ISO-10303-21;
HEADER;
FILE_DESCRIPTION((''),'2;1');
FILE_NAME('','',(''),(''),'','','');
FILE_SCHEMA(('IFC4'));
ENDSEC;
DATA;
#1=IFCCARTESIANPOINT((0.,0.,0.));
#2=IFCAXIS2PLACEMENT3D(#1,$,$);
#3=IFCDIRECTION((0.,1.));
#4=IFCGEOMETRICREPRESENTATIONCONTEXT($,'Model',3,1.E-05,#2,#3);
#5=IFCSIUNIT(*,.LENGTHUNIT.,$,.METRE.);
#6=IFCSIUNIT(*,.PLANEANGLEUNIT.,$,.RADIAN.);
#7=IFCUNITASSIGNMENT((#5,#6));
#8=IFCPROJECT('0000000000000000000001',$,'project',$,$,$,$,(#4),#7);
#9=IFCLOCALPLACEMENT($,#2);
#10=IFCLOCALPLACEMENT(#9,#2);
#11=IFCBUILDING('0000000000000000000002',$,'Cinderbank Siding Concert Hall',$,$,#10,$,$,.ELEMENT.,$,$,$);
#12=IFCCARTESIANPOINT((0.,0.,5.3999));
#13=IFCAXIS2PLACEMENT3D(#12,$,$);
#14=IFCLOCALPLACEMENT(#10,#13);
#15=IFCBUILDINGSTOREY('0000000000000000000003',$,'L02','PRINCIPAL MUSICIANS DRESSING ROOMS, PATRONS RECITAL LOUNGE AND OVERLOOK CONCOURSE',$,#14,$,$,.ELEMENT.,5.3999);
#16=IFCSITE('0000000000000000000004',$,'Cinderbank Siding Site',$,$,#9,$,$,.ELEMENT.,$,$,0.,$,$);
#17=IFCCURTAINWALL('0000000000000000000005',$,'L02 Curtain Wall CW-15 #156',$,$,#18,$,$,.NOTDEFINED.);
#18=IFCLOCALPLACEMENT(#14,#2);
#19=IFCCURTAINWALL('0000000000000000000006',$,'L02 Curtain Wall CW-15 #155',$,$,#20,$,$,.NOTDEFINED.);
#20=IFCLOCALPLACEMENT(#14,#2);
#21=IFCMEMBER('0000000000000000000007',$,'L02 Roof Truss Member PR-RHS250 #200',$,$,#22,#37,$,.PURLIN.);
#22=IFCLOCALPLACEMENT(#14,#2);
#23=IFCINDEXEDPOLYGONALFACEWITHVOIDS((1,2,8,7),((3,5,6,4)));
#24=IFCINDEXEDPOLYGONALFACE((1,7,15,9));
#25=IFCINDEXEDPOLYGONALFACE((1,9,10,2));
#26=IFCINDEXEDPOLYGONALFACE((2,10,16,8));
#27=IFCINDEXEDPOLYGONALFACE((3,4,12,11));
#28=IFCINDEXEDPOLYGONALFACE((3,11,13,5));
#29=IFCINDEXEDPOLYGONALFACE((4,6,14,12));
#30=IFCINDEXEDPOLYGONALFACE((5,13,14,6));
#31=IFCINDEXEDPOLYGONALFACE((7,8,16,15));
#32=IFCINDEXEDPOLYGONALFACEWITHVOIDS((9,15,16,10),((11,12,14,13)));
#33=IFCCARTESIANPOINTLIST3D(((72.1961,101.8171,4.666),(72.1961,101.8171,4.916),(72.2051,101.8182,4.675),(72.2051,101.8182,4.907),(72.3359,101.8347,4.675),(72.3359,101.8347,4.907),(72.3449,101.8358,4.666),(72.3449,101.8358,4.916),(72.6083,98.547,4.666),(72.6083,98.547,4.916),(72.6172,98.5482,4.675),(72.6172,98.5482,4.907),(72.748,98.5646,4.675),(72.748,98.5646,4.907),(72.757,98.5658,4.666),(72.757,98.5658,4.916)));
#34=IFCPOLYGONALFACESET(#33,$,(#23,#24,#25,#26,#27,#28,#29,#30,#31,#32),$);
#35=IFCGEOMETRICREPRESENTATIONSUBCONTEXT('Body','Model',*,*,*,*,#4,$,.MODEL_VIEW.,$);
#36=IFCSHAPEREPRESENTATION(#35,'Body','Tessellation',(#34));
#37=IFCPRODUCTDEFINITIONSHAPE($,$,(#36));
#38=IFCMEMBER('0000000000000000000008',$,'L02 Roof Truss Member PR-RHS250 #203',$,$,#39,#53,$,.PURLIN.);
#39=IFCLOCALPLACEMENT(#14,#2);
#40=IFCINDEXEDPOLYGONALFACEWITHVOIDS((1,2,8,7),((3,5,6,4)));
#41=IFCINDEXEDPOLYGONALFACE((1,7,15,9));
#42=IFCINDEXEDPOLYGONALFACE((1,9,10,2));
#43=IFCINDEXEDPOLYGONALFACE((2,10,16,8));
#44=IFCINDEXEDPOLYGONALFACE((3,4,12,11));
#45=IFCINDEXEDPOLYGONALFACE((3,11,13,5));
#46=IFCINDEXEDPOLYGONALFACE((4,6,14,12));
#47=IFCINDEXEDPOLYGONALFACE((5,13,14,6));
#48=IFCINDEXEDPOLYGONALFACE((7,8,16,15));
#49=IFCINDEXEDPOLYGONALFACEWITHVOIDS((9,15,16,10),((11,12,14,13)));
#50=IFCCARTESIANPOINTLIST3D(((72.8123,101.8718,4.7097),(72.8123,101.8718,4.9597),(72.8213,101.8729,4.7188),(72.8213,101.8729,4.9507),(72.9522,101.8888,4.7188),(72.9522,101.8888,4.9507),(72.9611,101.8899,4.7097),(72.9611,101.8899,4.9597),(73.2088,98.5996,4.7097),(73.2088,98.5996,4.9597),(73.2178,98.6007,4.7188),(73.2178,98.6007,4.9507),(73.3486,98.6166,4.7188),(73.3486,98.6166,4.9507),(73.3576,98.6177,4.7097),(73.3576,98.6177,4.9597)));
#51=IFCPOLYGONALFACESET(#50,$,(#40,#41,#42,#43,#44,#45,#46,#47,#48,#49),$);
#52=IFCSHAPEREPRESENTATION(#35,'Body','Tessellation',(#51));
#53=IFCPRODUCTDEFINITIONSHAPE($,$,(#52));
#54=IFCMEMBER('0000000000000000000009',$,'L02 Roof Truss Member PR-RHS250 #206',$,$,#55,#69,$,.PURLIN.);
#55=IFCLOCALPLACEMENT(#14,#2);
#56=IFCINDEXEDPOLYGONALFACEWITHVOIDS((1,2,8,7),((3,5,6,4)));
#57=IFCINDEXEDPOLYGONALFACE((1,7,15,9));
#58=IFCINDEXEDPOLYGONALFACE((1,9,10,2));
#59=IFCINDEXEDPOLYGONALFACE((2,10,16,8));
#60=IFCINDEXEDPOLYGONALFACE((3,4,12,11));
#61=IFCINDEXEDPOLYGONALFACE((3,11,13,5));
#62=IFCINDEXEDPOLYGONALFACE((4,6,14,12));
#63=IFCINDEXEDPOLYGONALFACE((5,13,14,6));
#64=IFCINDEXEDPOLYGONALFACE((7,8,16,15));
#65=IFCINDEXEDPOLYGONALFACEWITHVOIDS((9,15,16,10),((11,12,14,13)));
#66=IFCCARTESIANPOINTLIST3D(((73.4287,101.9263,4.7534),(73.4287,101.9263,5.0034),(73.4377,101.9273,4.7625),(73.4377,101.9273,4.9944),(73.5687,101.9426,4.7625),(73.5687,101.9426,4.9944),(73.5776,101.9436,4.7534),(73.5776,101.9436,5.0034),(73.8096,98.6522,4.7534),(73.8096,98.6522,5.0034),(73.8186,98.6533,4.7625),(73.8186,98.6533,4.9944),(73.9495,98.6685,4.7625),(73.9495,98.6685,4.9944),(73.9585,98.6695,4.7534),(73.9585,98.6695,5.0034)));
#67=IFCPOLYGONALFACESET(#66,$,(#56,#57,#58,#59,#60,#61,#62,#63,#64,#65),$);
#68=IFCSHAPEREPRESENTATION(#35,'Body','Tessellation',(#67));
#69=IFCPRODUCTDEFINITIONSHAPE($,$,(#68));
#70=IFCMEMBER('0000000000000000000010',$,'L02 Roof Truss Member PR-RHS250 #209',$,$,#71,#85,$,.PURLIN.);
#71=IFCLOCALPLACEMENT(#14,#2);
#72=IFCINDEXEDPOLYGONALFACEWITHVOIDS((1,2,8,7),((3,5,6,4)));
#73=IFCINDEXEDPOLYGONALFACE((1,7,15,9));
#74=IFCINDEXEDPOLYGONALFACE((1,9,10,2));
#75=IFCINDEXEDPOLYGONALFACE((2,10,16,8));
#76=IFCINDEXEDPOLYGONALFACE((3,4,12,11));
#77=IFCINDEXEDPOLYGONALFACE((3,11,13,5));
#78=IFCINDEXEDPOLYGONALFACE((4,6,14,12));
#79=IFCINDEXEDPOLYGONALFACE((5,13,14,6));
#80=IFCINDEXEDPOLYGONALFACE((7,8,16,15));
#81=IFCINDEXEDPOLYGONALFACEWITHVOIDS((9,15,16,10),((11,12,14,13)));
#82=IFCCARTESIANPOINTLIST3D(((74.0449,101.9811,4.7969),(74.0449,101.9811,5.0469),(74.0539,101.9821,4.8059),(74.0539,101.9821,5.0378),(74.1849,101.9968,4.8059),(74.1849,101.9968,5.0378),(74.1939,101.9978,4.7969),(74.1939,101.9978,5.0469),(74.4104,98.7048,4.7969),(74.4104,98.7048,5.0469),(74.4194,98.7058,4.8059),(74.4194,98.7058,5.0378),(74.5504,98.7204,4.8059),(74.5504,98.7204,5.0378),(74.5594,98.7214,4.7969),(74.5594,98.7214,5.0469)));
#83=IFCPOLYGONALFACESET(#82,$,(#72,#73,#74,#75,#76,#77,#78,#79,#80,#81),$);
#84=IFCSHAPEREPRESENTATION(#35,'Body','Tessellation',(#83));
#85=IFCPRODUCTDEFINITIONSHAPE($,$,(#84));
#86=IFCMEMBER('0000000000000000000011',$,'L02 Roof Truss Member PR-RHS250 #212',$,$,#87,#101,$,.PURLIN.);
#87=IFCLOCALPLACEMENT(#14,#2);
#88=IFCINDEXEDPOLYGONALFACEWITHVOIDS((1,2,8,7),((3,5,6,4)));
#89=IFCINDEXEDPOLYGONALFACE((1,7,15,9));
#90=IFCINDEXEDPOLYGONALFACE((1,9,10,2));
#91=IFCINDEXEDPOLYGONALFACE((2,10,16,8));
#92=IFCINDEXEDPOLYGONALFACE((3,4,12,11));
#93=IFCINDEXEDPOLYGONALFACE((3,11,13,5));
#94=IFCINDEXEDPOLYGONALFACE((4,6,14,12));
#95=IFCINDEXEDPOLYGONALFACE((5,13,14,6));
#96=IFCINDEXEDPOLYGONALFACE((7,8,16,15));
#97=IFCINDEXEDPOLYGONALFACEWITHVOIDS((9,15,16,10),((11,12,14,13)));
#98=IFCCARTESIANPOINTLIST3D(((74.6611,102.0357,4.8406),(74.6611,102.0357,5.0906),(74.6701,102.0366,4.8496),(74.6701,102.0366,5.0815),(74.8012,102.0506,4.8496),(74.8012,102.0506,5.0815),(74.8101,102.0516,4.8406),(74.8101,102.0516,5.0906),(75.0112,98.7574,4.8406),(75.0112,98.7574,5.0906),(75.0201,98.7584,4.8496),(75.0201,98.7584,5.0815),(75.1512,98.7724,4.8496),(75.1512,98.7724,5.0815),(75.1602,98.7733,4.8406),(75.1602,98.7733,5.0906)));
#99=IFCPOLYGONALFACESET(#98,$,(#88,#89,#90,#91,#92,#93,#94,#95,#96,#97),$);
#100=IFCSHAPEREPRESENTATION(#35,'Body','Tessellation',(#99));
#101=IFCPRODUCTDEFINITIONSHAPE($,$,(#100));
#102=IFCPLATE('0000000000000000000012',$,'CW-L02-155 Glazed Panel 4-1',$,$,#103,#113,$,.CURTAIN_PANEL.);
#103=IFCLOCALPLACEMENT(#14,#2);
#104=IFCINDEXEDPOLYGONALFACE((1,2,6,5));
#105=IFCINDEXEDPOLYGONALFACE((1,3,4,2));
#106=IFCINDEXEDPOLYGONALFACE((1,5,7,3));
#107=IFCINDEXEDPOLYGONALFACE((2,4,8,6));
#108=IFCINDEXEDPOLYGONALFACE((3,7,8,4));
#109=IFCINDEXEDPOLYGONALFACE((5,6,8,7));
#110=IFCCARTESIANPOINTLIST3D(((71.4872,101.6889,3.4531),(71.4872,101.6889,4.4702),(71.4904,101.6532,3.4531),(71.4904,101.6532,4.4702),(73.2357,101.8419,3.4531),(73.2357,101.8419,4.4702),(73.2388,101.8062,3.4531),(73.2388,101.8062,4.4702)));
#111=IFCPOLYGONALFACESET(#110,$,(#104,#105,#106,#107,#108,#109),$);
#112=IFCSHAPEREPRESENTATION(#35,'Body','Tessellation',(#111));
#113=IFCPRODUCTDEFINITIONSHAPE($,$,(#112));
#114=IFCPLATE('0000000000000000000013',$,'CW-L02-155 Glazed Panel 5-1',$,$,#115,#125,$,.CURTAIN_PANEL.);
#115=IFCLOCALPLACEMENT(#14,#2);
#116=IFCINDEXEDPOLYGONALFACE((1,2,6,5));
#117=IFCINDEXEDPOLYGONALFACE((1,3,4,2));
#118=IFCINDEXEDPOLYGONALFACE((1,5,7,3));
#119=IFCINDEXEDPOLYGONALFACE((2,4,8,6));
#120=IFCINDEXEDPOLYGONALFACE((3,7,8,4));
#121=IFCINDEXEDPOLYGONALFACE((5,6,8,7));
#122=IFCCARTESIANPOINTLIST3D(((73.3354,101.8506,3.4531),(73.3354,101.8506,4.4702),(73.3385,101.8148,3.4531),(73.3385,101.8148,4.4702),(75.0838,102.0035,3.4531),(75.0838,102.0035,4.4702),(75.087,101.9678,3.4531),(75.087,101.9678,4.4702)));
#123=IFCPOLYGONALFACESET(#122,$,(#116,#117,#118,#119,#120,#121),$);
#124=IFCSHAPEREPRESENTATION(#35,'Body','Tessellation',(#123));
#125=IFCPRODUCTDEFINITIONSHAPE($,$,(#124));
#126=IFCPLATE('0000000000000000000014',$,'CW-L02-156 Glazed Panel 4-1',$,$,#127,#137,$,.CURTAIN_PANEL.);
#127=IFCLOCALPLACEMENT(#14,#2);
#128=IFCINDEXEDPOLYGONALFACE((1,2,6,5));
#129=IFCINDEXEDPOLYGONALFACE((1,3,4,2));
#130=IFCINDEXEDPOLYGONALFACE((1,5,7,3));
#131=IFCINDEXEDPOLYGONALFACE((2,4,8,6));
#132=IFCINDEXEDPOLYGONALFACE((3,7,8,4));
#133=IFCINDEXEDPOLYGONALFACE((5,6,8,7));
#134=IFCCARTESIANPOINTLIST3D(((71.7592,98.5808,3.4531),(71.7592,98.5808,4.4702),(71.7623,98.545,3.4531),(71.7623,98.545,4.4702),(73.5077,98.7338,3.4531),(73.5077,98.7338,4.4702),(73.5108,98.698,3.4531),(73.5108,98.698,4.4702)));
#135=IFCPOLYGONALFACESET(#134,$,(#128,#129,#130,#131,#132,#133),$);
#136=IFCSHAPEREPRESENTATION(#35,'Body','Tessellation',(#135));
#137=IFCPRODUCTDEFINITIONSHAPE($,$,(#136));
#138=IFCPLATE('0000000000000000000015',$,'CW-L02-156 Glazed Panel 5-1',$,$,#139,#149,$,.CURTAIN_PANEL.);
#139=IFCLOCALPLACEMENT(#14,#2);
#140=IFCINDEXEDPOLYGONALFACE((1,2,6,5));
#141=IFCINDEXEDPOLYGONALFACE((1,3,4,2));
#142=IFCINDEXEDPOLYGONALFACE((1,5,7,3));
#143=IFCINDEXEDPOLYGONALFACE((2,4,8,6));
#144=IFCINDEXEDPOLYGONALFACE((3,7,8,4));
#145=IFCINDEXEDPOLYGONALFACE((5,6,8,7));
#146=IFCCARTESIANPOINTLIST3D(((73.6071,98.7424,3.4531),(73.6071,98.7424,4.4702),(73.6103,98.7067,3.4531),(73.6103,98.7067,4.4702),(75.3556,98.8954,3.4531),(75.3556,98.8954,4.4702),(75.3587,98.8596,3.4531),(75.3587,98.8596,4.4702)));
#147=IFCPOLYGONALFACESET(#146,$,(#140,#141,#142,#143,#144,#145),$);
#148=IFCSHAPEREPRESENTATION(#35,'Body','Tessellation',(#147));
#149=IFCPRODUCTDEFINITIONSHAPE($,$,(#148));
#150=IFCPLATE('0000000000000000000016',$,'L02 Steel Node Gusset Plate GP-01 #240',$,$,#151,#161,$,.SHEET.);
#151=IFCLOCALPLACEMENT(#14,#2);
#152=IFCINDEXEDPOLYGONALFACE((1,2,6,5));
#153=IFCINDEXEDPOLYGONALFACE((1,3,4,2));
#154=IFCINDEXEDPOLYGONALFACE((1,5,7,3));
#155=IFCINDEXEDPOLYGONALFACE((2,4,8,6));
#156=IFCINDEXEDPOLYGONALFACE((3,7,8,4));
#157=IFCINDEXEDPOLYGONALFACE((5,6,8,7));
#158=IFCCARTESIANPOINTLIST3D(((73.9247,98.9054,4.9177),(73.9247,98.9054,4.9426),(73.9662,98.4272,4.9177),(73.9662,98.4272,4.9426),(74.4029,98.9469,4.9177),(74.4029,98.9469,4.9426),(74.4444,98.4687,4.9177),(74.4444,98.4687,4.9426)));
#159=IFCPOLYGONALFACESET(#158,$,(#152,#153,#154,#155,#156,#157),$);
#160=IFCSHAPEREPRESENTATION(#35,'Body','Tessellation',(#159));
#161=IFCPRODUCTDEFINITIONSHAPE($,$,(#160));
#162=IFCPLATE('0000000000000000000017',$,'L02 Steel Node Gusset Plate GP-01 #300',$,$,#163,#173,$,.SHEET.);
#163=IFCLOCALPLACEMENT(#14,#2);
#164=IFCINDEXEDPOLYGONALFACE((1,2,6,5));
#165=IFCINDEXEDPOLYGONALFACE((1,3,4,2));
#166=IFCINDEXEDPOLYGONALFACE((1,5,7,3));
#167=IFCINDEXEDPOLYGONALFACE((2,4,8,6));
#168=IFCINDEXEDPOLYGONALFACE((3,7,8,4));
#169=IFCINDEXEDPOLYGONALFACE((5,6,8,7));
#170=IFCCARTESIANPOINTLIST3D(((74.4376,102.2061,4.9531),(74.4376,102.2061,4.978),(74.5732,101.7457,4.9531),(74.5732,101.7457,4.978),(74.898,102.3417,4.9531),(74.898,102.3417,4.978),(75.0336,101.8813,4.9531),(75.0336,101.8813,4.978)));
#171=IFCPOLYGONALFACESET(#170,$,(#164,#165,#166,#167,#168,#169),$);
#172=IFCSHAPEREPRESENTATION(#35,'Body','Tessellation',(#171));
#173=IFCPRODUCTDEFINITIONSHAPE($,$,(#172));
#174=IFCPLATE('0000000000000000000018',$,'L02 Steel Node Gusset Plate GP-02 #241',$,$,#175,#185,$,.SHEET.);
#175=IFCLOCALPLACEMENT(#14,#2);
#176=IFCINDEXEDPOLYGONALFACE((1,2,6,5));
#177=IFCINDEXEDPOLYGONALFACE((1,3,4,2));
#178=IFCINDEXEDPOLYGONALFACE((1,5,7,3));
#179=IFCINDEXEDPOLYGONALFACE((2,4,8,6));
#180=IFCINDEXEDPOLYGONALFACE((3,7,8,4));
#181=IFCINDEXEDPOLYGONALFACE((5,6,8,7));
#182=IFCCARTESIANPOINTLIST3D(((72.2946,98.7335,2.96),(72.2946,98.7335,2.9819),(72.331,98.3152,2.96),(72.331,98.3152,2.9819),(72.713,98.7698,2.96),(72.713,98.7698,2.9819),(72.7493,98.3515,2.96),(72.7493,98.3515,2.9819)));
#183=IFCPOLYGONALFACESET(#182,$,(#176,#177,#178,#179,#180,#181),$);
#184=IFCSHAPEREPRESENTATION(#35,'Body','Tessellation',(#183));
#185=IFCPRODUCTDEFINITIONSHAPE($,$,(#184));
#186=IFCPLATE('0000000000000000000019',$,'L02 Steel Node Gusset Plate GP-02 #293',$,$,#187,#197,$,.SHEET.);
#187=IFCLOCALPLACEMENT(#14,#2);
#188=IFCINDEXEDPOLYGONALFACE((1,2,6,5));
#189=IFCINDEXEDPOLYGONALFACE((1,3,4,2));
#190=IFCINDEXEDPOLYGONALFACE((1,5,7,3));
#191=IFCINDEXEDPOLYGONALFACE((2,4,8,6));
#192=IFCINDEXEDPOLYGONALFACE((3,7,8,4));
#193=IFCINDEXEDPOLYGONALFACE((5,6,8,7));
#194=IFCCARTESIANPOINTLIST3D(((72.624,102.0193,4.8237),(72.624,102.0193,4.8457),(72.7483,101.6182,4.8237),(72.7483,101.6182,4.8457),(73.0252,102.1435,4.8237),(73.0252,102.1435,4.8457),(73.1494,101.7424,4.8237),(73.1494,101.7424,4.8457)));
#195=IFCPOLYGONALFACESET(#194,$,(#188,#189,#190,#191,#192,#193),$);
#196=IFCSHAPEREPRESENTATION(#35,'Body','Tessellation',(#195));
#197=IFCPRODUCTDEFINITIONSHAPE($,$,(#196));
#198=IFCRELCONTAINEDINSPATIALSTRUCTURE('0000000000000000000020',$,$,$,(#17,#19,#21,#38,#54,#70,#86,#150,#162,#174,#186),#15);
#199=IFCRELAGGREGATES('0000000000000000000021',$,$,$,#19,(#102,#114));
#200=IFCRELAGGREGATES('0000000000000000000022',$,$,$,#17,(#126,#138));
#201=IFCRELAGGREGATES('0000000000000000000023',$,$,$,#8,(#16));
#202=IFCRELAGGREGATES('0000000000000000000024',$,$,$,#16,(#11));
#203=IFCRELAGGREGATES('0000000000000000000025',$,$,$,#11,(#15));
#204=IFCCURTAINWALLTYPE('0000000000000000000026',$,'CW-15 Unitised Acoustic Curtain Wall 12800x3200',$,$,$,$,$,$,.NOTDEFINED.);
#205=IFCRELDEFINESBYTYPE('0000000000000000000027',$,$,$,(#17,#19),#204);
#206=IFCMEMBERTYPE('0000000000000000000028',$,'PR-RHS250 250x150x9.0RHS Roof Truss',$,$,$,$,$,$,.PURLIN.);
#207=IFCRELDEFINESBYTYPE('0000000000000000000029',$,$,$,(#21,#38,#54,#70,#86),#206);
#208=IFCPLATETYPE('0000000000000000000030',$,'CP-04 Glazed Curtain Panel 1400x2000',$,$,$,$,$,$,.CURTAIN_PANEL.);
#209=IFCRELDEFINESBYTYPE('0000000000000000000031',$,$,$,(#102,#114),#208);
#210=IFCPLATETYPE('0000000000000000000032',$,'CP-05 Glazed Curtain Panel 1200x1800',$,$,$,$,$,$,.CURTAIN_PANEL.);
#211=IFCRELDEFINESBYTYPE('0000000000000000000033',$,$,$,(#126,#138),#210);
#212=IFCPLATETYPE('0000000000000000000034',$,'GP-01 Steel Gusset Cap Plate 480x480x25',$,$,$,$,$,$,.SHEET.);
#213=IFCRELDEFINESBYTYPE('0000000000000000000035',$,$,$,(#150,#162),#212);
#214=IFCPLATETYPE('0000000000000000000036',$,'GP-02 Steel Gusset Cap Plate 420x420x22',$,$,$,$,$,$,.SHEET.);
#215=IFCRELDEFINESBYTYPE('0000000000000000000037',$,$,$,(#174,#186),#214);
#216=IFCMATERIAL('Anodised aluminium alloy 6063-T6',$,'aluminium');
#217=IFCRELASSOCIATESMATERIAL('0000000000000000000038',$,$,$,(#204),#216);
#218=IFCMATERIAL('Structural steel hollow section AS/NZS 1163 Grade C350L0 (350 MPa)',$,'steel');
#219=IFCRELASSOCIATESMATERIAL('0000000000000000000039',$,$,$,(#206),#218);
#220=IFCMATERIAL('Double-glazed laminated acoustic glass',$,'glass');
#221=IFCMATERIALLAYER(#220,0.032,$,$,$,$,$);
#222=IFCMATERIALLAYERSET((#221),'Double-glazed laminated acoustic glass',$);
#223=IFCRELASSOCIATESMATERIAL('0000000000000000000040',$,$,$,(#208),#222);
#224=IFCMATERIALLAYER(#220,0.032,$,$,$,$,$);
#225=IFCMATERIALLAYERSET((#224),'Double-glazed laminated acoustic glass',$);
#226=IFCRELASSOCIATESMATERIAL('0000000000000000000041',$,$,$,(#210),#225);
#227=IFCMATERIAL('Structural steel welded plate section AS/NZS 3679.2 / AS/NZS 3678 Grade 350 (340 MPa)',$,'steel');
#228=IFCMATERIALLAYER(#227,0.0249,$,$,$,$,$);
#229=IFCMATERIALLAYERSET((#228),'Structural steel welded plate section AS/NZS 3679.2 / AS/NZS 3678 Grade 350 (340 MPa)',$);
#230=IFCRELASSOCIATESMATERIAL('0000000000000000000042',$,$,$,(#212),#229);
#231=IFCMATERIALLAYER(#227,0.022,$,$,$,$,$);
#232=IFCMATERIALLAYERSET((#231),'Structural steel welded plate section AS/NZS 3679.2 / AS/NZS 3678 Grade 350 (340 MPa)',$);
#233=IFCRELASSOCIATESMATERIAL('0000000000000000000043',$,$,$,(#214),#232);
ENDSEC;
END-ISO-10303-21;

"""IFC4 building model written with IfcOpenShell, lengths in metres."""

from ifc_helpers import new_model, si_unit, direction, frame, origin, origin_2d, place, context, subcontext, project, spatial, rectangle, hollow_rectangle, extrude, material, layer, layer_set, material_profile, profile_set, type_object, element, aggregate, save


model = new_model("IFC4")

# Units and contexts
model_context = context("Model", 3, precision=1e-05, world=origin(), true_north=direction((0.0, 1.0)))
body_context = subcontext(model_context, "Body", "Model", "MODEL_VIEW")
ifc_project = project(units=[si_unit("LENGTHUNIT", "METRE"), si_unit("PLANEANGLEUNIT", "RADIAN")], contexts=[model_context])

# Site, building, storey
site_placement = place(None, origin())
site = spatial("IfcSite", under=ifc_project, at=site_placement, Name="Cinderbank Siding Site", CompositionType="ELEMENT", RefElevation=0.0)
building_placement = place(site_placement, origin())
building = spatial("IfcBuilding", under=site, at=building_placement, Name="Cinderbank Siding Concert Hall", CompositionType="ELEMENT")
storey_placement = place(building_placement, frame((0.0, 0.0, 5.3999)))
storey = spatial("IfcBuildingStorey", under=building, at=storey_placement, Name="L02", Description="PRINCIPAL MUSICIANS DRESSING ROOMS, PATRONS RECITAL LOUNGE AND OVERLOOK CONCOURSE", CompositionType="ELEMENT", Elevation=5.3999)

# Shared definitions
ifc_material_1 = material(Name="Structural steel hollow section AS/NZS 1163 Grade C350L0 (350 MPa)", Category="steel")

# Curtain walls
ifc_material_2 = material(Name="Anodised aluminium alloy 6063-T6", Category="aluminium")
curtain_wall_type = type_object("IfcCurtainWallType", Name="CW-15 Unitised Acoustic Curtain Wall 12800x3200", PredefinedType="NOTDEFINED", material=ifc_material_2)
curtain_wall_1_placement = place(storey_placement, origin())
curtain_wall_1 = element("IfcCurtainWall", 1, at=curtain_wall_1_placement, inside=storey, type_object=curtain_wall_type, Name="L02 Curtain Wall CW-15 #156", PredefinedType="NOTDEFINED")
curtain_wall_2_placement = place(storey_placement, origin())
curtain_wall_2 = element("IfcCurtainWall", 2, at=curtain_wall_2_placement, inside=storey, type_object=curtain_wall_type, Name="L02 Curtain Wall CW-15 #155", PredefinedType="NOTDEFINED")

# Members
ifc_material_profile_1 = material_profile(ifc_material_1, hollow_rectangle(XDim=0.1499, YDim=0.25, WallThickness=0.009, at=origin_2d()), Name="250x150x9.0RHS", Category="LoadBearing")
ifc_profile_set_1 = profile_set([ifc_material_profile_1], Name="Structural steel hollow section AS/NZS 1163 Grade C350L0 (350 MPa)")
member_type_1 = type_object("IfcMemberType", Name="PR-RHS250 250x150x9.0RHS Roof Truss", PredefinedType="PURLIN", material=ifc_profile_set_1)
member_1_placement = place(storey_placement, frame((72.6826, 98.5564, 4.791), z_axis=(-0.125038, 0.992152, 0.0), x_axis=(-0.992152, -0.125038, 0.0)))
element("IfcMember", 3, at=member_1_placement, inside=storey, type_object=member_type_1, Name="L02 Roof Truss Member PR-RHS250 #200", PredefinedType="PURLIN", context=body_context, shape_type="SweptSolid", body=[
    extrude(hollow_rectangle(XDim=0.1499, YDim=0.25, WallThickness=0.009, at=origin_2d()), origin(), (0.0, 0.0, 1.0), 3.2959),
])
for number, where, z_axis, x_axis, name in (
    (4, (73.2832, 98.6086, 4.8347), (-0.120287, 0.992739, 0.0), (-0.992739, -0.120287, 0.0), "L02 Roof Truss Member PR-RHS250 #203"),
    (5, (73.884, 98.6609, 4.8784), (-0.115543, 0.993302, 0.0), (-0.993302, -0.115543, 0.0), "L02 Roof Truss Member PR-RHS250 #206"),
):
    element("IfcMember", number, at=place(storey_placement, frame(where, z_axis=z_axis, x_axis=x_axis)), inside=storey, type_object=member_type_1, Name=name, PredefinedType="PURLIN", context=body_context, shape_type="SweptSolid", body=[
        extrude(hollow_rectangle(XDim=0.1499, YDim=0.25, WallThickness=0.009, at=origin_2d()), origin(), (0.0, 0.0, 1.0), 3.2961),
    ])
member_2_placement = place(storey_placement, frame((74.4849, 98.7131, 4.9219), z_axis=(-0.110862, 0.993836, 0.0), x_axis=(-0.993836, -0.110862, 0.0)))
element("IfcMember", 6, at=member_2_placement, inside=storey, type_object=member_type_1, Name="L02 Roof Truss Member PR-RHS250 #209", PredefinedType="PURLIN", context=body_context, shape_type="SweptSolid", body=[
    extrude(hollow_rectangle(XDim=0.1499, YDim=0.25, WallThickness=0.009, at=origin_2d()), origin(), (0.0, 0.0, 1.0), 3.2966),
])
member_3_placement = place(storey_placement, frame((75.0857, 98.7654, 4.9656), z_axis=(-0.106188, 0.994346, 0.0), x_axis=(-0.994346, -0.106188, 0.0)))
element("IfcMember", 7, at=member_3_placement, inside=storey, type_object=member_type_1, Name="L02 Roof Truss Member PR-RHS250 #212", PredefinedType="PURLIN", context=body_context, shape_type="SweptSolid", body=[
    extrude(hollow_rectangle(XDim=0.1499, YDim=0.25, WallThickness=0.009, at=origin_2d()), origin(), (0.0, 0.0, 1.0), 3.2969),
])

# Plates
ifc_material_3 = material(Name="Double-glazed laminated acoustic glass", Category="glass")
ifc_layer_1 = layer(ifc_material_3, 0.032)
ifc_layer_set_1 = layer_set([ifc_layer_1], Name="Double-glazed laminated acoustic glass")
plate_type_1 = type_object("IfcPlateType", Name="CP-04 Glazed Curtain Panel 1400x2000", PredefinedType="CURTAIN_PANEL", material=ifc_layer_set_1)
plate_1_placement = place(storey_placement, frame((72.363, 101.7476, 3.4531), z_axis=(0.0, 0.0, 1.0), x_axis=(0.996195, 0.087157, 0.0)))
plate_1 = element("IfcPlate", 8, at=plate_1_placement, type_object=plate_type_1, Name="CW-L02-155 Glazed Panel 4-1", PredefinedType="CURTAIN_PANEL", context=body_context, shape_type="SweptSolid", body=[
    extrude(rectangle(XDim=1.7551, YDim=0.0359, at=origin_2d()), origin(), (0.0, 0.0, 1.0), 1.0171),
])
plate_2_placement = place(storey_placement, frame((74.2112, 101.9092, 3.4531), z_axis=(0.0, 0.0, 1.0), x_axis=(0.996195, 0.087157, 0.0)))
plate_2 = element("IfcPlate", 9, at=plate_2_placement, type_object=plate_type_1, Name="CW-L02-155 Glazed Panel 5-1", PredefinedType="CURTAIN_PANEL", context=body_context, shape_type="SweptSolid", body=[
    extrude(rectangle(XDim=1.7551, YDim=0.0359, at=origin_2d()), origin(), (0.0, 0.0, 1.0), 1.0171),
])
aggregate(curtain_wall_2, [plate_1, plate_2])
ifc_layer_2 = layer(ifc_material_3, 0.032)
ifc_layer_set_2 = layer_set([ifc_layer_2], Name="Double-glazed laminated acoustic glass")
plate_type_2 = type_object("IfcPlateType", Name="CP-05 Glazed Curtain Panel 1200x1800", PredefinedType="CURTAIN_PANEL", material=ifc_layer_set_2)
plate_3_placement = place(storey_placement, frame((72.635, 98.6394, 3.4531), z_axis=(0.0, 0.0, 1.0), x_axis=(0.996195, 0.087157, 0.0)))
plate_3 = element("IfcPlate", 10, at=plate_3_placement, type_object=plate_type_2, Name="CW-L02-156 Glazed Panel 4-1", PredefinedType="CURTAIN_PANEL", context=body_context, shape_type="SweptSolid", body=[
    extrude(rectangle(XDim=1.7551, YDim=0.0359, at=origin_2d()), origin(), (0.0, 0.0, 1.0), 1.0171),
])
plate_4_placement = place(storey_placement, frame((74.4829, 98.801, 3.4531), z_axis=(0.0, 0.0, 1.0), x_axis=(0.996195, 0.087157, 0.0)))
plate_4 = element("IfcPlate", 11, at=plate_4_placement, type_object=plate_type_2, Name="CW-L02-156 Glazed Panel 5-1", PredefinedType="CURTAIN_PANEL", context=body_context, shape_type="SweptSolid", body=[
    extrude(rectangle(XDim=1.7551, YDim=0.0359, at=origin_2d()), origin(), (0.0, 0.0, 1.0), 1.0171),
])
aggregate(curtain_wall_1, [plate_3, plate_4])

# Plates
ifc_material_4 = material(Name="Structural steel welded plate section AS/NZS 3679.2 / AS/NZS 3678 Grade 350 (340 MPa)", Category="steel")
ifc_layer_3 = layer(ifc_material_4, 0.0249)
ifc_layer_set_3 = layer_set([ifc_layer_3], Name="Structural steel welded plate section AS/NZS 3679.2 / AS/NZS 3678 Grade 350 (340 MPa)")
plate_type_3 = type_object("IfcPlateType", Name="GP-01 Steel Gusset Cap Plate 480x480x25", PredefinedType="SHEET", material=ifc_layer_set_3)
for number, where, z_axis, x_axis, name in (
    (12, (74.1846, 98.687, 4.9177), (0.0, 0.0, 1.0), (0.996255, 0.08646, 0.0), "L02 Steel Node Gusset Plate GP-01 #240"),
    (13, (74.7356, 102.0437, 4.9531), (0.0, 0.0, 1.0), (0.282676, -0.959215, 0.0), "L02 Steel Node Gusset Plate GP-01 #300"),
):
    element("IfcPlate", number, at=place(storey_placement, frame(where, z_axis=z_axis, x_axis=x_axis)), inside=storey, type_object=plate_type_3, Name=name, PredefinedType="SHEET", context=body_context, shape_type="SweptSolid", body=[
        extrude(rectangle(XDim=0.48, YDim=0.48, at=origin_2d()), origin(), (0.0, 0.0, 1.0), 0.0249),
    ])
ifc_layer_4 = layer(ifc_material_4, 0.022)
ifc_layer_set_4 = layer_set([ifc_layer_4], Name="Structural steel welded plate section AS/NZS 3679.2 / AS/NZS 3678 Grade 350 (340 MPa)")
plate_type_4 = type_object("IfcPlateType", Name="GP-02 Steel Gusset Cap Plate 420x420x22", PredefinedType="SHEET", material=ifc_layer_set_4)
for number, where, z_axis, x_axis, name in (
    (14, (72.522, 98.5425, 2.96), (0.0, 0.0, 1.0), (0.996255, 0.08646, 0.0), "L02 Steel Node Gusset Plate GP-02 #241"),
    (15, (72.8867, 101.8809, 4.8237), (0.0, 0.0, 1.0), (0.295875, -0.955227, 0.0), "L02 Steel Node Gusset Plate GP-02 #293"),
):
    element("IfcPlate", number, at=place(storey_placement, frame(where, z_axis=z_axis, x_axis=x_axis)), inside=storey, type_object=plate_type_4, Name=name, PredefinedType="SHEET", context=body_context, shape_type="SweptSolid", body=[
        extrude(rectangle(XDim=0.4199, YDim=0.4199, at=origin_2d()), origin(), (0.0, 0.0, 1.0), 0.022),
    ])

save(model, "model.ifc")
